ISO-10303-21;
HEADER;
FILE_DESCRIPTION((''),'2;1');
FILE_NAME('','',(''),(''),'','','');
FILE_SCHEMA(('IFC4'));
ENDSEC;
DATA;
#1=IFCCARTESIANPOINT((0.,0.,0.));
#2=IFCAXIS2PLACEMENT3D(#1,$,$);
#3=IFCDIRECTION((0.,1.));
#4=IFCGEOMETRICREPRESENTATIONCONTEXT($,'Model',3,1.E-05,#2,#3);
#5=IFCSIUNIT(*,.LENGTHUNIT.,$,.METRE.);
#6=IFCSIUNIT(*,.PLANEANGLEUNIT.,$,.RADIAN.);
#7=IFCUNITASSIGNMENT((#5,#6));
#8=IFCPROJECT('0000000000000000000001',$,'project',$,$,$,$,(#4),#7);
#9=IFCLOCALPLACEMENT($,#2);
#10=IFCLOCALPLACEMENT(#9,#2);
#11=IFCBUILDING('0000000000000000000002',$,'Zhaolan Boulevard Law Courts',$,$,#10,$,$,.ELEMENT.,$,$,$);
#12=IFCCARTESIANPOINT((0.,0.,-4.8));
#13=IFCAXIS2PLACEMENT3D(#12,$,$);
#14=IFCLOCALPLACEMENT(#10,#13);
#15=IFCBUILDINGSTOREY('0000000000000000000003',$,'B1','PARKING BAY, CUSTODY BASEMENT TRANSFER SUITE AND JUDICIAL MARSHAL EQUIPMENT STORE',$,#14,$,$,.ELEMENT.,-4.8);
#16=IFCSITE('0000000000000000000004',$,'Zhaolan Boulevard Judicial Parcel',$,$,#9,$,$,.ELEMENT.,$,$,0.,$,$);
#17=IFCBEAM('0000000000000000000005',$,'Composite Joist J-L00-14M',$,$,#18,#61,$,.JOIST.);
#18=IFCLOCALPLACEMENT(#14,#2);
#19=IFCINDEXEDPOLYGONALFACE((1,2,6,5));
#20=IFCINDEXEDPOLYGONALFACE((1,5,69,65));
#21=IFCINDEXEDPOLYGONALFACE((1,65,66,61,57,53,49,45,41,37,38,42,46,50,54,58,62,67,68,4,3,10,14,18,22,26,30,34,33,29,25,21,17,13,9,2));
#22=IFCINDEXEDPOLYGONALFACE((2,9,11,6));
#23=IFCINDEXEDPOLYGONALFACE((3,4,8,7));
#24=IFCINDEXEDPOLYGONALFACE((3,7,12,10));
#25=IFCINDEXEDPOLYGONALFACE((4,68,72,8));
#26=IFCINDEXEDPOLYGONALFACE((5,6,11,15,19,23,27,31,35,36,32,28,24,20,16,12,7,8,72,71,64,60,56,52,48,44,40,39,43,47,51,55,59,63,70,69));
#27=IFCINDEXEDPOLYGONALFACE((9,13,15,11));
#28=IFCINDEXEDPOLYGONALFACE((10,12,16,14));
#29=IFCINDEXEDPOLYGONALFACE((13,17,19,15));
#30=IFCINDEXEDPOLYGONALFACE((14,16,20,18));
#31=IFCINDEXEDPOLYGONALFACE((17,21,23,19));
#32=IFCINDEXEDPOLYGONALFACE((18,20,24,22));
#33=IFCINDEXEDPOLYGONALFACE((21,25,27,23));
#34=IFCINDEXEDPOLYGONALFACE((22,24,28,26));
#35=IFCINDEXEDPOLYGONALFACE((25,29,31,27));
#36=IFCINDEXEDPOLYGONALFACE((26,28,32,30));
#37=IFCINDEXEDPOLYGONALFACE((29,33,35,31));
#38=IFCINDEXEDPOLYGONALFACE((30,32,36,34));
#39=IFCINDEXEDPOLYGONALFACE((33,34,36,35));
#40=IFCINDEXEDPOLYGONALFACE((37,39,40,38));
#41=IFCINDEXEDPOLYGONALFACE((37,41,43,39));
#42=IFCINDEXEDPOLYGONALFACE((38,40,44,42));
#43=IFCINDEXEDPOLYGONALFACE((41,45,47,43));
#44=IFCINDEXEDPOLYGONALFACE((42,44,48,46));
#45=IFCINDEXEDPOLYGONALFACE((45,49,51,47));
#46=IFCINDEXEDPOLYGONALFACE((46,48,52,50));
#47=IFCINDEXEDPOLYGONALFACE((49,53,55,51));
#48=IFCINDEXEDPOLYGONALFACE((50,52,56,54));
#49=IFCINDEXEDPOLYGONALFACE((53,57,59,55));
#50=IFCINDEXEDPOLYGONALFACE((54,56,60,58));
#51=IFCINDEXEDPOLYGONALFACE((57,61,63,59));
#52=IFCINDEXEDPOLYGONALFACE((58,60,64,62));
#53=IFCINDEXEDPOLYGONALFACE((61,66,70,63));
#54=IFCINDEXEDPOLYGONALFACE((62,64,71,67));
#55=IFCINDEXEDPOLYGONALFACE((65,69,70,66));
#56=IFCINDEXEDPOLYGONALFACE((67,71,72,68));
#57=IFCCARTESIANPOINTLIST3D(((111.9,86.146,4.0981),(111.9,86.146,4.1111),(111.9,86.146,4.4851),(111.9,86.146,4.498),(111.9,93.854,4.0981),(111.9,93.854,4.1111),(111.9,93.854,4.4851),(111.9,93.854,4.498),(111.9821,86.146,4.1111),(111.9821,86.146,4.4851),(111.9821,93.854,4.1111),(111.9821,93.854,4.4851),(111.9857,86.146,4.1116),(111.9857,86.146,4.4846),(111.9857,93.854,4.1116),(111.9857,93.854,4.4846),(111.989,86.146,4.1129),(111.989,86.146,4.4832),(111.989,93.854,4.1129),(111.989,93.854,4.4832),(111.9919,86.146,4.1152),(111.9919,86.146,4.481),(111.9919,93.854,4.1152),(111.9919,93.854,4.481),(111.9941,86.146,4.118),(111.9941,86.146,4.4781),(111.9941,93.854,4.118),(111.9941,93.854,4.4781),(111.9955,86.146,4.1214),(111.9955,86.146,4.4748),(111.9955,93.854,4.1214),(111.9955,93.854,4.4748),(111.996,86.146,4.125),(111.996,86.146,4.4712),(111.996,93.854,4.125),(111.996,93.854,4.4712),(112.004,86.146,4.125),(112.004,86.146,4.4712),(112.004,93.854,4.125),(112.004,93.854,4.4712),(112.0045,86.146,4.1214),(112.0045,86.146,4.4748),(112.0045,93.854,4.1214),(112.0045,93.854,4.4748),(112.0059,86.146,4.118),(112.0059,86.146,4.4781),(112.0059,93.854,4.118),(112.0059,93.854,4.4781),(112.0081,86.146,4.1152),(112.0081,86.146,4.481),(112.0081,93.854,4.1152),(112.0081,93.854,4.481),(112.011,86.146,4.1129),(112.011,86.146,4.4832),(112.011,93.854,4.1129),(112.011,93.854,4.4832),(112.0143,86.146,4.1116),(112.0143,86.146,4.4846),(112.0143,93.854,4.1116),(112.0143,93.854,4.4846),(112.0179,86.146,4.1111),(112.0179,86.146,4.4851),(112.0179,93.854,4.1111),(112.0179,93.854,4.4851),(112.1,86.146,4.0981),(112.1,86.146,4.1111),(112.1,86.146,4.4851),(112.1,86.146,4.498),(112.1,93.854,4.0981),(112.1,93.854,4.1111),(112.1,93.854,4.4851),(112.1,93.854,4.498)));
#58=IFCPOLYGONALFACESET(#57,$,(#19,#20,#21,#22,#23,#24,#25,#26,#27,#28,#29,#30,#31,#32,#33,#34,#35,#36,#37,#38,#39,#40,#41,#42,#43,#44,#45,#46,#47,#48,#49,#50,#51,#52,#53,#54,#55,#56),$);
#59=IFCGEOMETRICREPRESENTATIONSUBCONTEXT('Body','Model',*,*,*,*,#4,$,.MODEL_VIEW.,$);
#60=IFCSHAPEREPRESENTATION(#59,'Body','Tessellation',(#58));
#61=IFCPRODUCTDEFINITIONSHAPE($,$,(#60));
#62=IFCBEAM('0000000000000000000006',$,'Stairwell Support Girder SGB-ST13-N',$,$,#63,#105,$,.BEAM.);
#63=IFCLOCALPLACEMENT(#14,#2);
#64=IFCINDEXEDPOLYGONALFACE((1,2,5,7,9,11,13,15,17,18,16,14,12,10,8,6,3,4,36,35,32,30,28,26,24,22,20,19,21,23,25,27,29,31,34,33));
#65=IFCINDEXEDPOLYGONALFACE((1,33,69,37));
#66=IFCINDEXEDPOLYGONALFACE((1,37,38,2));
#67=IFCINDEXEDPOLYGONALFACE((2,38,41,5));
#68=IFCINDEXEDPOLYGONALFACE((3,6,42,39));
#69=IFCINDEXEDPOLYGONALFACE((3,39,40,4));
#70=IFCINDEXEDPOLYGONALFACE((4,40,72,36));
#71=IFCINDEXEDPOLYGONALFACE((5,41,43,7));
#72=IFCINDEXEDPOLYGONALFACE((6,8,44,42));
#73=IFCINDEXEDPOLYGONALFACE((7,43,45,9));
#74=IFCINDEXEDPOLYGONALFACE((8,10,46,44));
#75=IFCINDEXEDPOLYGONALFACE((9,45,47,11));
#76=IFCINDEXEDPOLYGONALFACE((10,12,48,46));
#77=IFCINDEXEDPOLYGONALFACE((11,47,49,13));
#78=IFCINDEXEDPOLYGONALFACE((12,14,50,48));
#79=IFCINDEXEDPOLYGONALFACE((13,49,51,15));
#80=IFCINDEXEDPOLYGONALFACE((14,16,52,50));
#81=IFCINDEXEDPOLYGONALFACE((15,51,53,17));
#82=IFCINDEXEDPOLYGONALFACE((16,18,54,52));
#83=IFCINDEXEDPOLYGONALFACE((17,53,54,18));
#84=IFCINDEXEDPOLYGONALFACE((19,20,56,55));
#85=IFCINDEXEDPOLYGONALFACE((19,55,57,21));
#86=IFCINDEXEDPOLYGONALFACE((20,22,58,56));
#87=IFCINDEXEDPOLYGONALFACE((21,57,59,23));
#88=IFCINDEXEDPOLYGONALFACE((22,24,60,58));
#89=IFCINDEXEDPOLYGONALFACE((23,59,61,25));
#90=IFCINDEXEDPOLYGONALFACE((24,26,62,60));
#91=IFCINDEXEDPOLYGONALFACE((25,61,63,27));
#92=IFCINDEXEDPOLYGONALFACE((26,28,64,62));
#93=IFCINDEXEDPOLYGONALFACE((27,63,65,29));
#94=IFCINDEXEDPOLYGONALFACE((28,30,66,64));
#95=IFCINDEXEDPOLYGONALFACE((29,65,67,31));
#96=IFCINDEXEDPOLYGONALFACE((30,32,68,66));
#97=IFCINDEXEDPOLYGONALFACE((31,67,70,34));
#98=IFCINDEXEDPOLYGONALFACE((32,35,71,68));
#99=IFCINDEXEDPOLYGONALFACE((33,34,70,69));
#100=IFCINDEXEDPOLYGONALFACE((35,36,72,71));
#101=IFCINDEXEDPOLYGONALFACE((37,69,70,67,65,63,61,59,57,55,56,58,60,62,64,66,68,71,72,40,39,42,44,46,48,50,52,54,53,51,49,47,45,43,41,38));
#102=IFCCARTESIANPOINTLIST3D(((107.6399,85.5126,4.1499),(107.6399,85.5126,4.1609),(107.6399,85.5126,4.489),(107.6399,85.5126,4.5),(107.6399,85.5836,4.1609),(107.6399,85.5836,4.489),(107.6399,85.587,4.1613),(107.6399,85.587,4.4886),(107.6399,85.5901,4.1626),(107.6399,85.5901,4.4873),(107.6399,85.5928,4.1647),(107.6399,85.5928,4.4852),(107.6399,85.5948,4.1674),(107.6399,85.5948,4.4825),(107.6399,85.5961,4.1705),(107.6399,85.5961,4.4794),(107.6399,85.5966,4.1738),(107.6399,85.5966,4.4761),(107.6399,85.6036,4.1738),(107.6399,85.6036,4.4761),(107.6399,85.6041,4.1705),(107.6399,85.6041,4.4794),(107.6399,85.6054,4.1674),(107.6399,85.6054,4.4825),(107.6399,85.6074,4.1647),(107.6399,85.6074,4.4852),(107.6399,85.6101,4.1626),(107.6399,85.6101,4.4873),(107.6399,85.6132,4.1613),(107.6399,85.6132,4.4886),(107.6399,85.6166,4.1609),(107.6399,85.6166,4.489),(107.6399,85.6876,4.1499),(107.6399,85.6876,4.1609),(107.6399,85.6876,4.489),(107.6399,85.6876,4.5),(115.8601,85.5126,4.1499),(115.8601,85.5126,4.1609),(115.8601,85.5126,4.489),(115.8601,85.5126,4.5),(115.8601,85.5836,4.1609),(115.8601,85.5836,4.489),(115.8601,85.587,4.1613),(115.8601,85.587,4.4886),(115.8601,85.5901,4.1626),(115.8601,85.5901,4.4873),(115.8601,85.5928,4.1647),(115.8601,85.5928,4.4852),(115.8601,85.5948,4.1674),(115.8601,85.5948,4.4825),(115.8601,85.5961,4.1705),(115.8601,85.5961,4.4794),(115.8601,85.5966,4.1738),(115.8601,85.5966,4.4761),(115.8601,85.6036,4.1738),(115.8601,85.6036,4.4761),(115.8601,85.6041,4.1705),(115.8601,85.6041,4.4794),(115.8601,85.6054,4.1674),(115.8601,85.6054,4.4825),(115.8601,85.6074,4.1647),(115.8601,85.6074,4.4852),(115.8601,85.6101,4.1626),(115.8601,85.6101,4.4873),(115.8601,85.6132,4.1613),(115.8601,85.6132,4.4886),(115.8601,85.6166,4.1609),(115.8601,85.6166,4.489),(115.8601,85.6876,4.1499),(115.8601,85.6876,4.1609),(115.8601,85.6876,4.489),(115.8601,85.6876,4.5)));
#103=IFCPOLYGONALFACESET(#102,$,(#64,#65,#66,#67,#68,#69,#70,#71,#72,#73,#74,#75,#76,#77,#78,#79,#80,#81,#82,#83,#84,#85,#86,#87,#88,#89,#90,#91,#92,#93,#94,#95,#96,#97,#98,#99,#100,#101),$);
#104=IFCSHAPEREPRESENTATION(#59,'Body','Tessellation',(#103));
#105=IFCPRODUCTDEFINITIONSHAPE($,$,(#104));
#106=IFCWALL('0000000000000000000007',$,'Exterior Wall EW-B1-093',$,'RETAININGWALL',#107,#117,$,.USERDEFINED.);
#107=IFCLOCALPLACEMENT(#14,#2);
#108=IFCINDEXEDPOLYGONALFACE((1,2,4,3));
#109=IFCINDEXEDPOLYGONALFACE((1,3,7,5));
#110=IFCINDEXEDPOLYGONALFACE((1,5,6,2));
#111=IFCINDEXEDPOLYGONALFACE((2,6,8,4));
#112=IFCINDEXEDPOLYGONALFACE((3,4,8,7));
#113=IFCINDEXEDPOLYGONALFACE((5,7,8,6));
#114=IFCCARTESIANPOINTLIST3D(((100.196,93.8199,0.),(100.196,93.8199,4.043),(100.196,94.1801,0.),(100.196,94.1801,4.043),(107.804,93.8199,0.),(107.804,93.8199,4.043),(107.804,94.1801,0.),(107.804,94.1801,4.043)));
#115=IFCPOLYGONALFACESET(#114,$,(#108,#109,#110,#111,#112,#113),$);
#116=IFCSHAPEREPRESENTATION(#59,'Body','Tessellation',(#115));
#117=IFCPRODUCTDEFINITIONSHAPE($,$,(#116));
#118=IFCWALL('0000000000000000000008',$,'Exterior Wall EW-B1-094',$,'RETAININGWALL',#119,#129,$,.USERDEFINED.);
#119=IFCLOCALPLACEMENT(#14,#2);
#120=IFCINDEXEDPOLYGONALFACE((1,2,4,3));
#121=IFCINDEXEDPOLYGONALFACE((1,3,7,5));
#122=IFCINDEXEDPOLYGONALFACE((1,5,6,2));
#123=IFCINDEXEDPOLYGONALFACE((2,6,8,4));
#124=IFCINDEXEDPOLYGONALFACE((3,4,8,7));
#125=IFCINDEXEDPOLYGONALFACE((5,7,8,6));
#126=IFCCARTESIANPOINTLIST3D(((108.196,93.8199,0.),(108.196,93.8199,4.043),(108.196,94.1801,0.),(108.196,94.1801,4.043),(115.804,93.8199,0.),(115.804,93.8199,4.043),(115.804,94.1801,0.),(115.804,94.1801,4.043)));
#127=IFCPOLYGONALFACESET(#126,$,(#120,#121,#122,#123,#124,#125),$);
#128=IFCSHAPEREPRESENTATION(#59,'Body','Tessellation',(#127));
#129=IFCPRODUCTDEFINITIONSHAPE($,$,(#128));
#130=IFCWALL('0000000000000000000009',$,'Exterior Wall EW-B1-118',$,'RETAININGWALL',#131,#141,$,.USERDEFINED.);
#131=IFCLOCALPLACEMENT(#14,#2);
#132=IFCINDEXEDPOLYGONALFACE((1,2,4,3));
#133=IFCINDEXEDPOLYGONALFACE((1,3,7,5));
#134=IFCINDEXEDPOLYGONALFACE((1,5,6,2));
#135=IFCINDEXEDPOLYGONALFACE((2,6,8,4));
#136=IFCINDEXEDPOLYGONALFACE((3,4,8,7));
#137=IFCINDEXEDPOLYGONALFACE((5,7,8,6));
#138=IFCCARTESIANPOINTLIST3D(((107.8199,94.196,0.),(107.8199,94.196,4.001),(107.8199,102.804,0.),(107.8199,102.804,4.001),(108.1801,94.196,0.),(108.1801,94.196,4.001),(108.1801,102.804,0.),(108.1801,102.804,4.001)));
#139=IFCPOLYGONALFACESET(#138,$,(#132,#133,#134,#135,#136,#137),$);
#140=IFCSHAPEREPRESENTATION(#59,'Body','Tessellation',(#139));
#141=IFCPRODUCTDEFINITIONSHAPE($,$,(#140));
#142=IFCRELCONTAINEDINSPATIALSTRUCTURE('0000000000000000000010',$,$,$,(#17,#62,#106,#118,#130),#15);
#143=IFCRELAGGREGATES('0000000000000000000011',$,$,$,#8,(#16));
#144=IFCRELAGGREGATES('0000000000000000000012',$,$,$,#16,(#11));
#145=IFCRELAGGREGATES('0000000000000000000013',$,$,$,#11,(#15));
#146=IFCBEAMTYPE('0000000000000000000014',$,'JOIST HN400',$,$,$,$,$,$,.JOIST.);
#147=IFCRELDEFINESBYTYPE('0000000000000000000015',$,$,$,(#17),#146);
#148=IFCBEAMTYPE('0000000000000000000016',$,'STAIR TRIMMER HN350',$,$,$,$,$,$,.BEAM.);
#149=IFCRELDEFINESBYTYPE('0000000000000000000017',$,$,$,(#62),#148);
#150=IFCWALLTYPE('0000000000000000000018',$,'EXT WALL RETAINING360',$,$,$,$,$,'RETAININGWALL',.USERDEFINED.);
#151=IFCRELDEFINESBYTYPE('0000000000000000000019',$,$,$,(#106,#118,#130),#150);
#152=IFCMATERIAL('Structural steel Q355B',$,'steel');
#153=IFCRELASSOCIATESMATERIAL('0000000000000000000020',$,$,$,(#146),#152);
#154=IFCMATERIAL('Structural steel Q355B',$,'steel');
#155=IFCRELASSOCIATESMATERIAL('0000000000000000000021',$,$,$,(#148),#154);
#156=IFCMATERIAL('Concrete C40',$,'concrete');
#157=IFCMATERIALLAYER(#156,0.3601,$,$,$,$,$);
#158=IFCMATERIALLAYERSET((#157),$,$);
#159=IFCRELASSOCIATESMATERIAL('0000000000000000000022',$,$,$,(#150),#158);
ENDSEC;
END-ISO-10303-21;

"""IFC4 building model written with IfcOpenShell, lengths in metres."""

from ifc_helpers import new_model, si_unit, direction, frame, frame_2d, origin, origin_2d, place, context, subcontext, project, spatial, rectangle, i_section, extrude, material, layer, layer_set, material_profile, profile_set, type_object, element, save


model = new_model("IFC4")

# Units and contexts
model_context = context("Model", 3, precision=1e-05, world=origin(), true_north=direction((0.0, 1.0)))
body_context = subcontext(model_context, "Body", "Model", "MODEL_VIEW")
ifc_project = project(units=[si_unit("LENGTHUNIT", "METRE"), si_unit("PLANEANGLEUNIT", "RADIAN")], contexts=[model_context])

# Site, building, storey
site_placement = place(None, origin())
site = spatial("IfcSite", under=ifc_project, at=site_placement, Name="Zhaolan Boulevard Judicial Parcel", CompositionType="ELEMENT", RefElevation=0.0)
building_placement = place(site_placement, origin())
building = spatial("IfcBuilding", under=site, at=building_placement, Name="Zhaolan Boulevard Law Courts", CompositionType="ELEMENT")
storey_placement = place(building_placement, frame((0.0, 0.0, -4.8)))
storey = spatial("IfcBuildingStorey", under=building, at=storey_placement, Name="B1", Description="PARKING BAY, CUSTODY BASEMENT TRANSFER SUITE AND JUDICIAL MARSHAL EQUIPMENT STORE", CompositionType="ELEMENT", Elevation=-4.8)

# Beams
ifc_material_1 = material(Name="Structural steel Q355B", Category="steel")
ifc_material_profile_1 = material_profile(ifc_material_1, i_section(OverallWidth=0.2, OverallDepth=0.3999, WebThickness=0.0081, FlangeThickness=0.0129, FilletRadius=0.0139, at=origin_2d()), Name="HN400x200")
ifc_profile_set_1 = profile_set([ifc_material_profile_1], Name="Structural steel Q355B")
beam_type_1 = type_object("IfcBeamType", Name="JOIST HN400", PredefinedType="JOIST", material=ifc_profile_set_1)
beam_1_placement = place(storey_placement, frame((112.0, 86.146, 4.2981), z_axis=(0.0, 1.0, 0.0), x_axis=(-1.0, 0.0, 0.0)))
element("IfcBeam", 1, at=beam_1_placement, inside=storey, type_object=beam_type_1, Name="Composite Joist J-L00-14M", PredefinedType="JOIST", context=body_context, shape_type="SweptSolid", body=[
    extrude(i_section(OverallWidth=0.2, OverallDepth=0.3999, WebThickness=0.0081, FlangeThickness=0.0129, FilletRadius=0.0139, at=origin_2d()), origin(), (0.0, 0.0, 1.0), 7.708),
])
ifc_material_2 = material(Name="Structural steel Q355B", Category="steel")
ifc_material_profile_2 = material_profile(ifc_material_2, i_section(OverallWidth=0.175, OverallDepth=0.3501, WebThickness=0.0071, FlangeThickness=0.011, FilletRadius=0.0129, at=origin_2d()), Name="HN350x175")
ifc_profile_set_2 = profile_set([ifc_material_profile_2], Name="Structural steel Q355B")
beam_type_2 = type_object("IfcBeamType", Name="STAIR TRIMMER HN350", PredefinedType="BEAM", material=ifc_profile_set_2)
beam_2_placement = place(storey_placement, frame((107.6399, 85.6001, 4.325), z_axis=(1.0, 0.0, 0.0), x_axis=(0.0, 1.0, 0.0)))
element("IfcBeam", 2, at=beam_2_placement, inside=storey, type_object=beam_type_2, Name="Stairwell Support Girder SGB-ST13-N", PredefinedType="BEAM", context=body_context, shape_type="SweptSolid", body=[
    extrude(i_section(OverallWidth=0.175, OverallDepth=0.3501, WebThickness=0.0071, FlangeThickness=0.011, FilletRadius=0.0129, at=origin_2d()), origin(), (0.0, 0.0, 1.0), 8.2202),
])

# Walls
ifc_material_3 = material(Name="Concrete C40", Category="concrete")
ifc_layer = layer(ifc_material_3, 0.3601)
ifc_layer_set = layer_set([ifc_layer])
wall_type = type_object("IfcWallType", Name="EXT WALL RETAINING360", ElementType="RETAININGWALL", PredefinedType="USERDEFINED", material=ifc_layer_set)
for number, where, z_axis, x_axis, name in (
    (3, (107.804, 94.0, 0.0), (0.0, 0.0, 1.0), (-1.0, 0.0, 0.0), "Exterior Wall EW-B1-093"),
    (4, (115.804, 94.0, 0.0), (0.0, 0.0, 1.0), (-1.0, 0.0, 0.0), "Exterior Wall EW-B1-094"),
):
    element("IfcWall", number, at=place(storey_placement, frame(where, z_axis=z_axis, x_axis=x_axis)), inside=storey, type_object=wall_type, Name=name, ObjectType="RETAININGWALL", PredefinedType="USERDEFINED", context=body_context, shape_type="SweptSolid", body=[
        extrude(rectangle(XDim=7.6079, YDim=0.3601, at=frame_2d((3.804, 0.0))), origin(), (0.0, 0.0, 1.0), 4.043),
    ])
wall_placement = place(storey_placement, frame((108.0, 94.196, 0.0), z_axis=(0.0, 0.0, 1.0), x_axis=(0.0, 1.0, 0.0)))
element("IfcWall", 5, at=wall_placement, inside=storey, type_object=wall_type, Name="Exterior Wall EW-B1-118", ObjectType="RETAININGWALL", PredefinedType="USERDEFINED", context=body_context, shape_type="SweptSolid", body=[
    extrude(rectangle(XDim=8.6079, YDim=0.3601, at=frame_2d((4.304, 0.0))), origin(), (0.0, 0.0, 1.0), 4.001),
])

save(model, "model.ifc")
